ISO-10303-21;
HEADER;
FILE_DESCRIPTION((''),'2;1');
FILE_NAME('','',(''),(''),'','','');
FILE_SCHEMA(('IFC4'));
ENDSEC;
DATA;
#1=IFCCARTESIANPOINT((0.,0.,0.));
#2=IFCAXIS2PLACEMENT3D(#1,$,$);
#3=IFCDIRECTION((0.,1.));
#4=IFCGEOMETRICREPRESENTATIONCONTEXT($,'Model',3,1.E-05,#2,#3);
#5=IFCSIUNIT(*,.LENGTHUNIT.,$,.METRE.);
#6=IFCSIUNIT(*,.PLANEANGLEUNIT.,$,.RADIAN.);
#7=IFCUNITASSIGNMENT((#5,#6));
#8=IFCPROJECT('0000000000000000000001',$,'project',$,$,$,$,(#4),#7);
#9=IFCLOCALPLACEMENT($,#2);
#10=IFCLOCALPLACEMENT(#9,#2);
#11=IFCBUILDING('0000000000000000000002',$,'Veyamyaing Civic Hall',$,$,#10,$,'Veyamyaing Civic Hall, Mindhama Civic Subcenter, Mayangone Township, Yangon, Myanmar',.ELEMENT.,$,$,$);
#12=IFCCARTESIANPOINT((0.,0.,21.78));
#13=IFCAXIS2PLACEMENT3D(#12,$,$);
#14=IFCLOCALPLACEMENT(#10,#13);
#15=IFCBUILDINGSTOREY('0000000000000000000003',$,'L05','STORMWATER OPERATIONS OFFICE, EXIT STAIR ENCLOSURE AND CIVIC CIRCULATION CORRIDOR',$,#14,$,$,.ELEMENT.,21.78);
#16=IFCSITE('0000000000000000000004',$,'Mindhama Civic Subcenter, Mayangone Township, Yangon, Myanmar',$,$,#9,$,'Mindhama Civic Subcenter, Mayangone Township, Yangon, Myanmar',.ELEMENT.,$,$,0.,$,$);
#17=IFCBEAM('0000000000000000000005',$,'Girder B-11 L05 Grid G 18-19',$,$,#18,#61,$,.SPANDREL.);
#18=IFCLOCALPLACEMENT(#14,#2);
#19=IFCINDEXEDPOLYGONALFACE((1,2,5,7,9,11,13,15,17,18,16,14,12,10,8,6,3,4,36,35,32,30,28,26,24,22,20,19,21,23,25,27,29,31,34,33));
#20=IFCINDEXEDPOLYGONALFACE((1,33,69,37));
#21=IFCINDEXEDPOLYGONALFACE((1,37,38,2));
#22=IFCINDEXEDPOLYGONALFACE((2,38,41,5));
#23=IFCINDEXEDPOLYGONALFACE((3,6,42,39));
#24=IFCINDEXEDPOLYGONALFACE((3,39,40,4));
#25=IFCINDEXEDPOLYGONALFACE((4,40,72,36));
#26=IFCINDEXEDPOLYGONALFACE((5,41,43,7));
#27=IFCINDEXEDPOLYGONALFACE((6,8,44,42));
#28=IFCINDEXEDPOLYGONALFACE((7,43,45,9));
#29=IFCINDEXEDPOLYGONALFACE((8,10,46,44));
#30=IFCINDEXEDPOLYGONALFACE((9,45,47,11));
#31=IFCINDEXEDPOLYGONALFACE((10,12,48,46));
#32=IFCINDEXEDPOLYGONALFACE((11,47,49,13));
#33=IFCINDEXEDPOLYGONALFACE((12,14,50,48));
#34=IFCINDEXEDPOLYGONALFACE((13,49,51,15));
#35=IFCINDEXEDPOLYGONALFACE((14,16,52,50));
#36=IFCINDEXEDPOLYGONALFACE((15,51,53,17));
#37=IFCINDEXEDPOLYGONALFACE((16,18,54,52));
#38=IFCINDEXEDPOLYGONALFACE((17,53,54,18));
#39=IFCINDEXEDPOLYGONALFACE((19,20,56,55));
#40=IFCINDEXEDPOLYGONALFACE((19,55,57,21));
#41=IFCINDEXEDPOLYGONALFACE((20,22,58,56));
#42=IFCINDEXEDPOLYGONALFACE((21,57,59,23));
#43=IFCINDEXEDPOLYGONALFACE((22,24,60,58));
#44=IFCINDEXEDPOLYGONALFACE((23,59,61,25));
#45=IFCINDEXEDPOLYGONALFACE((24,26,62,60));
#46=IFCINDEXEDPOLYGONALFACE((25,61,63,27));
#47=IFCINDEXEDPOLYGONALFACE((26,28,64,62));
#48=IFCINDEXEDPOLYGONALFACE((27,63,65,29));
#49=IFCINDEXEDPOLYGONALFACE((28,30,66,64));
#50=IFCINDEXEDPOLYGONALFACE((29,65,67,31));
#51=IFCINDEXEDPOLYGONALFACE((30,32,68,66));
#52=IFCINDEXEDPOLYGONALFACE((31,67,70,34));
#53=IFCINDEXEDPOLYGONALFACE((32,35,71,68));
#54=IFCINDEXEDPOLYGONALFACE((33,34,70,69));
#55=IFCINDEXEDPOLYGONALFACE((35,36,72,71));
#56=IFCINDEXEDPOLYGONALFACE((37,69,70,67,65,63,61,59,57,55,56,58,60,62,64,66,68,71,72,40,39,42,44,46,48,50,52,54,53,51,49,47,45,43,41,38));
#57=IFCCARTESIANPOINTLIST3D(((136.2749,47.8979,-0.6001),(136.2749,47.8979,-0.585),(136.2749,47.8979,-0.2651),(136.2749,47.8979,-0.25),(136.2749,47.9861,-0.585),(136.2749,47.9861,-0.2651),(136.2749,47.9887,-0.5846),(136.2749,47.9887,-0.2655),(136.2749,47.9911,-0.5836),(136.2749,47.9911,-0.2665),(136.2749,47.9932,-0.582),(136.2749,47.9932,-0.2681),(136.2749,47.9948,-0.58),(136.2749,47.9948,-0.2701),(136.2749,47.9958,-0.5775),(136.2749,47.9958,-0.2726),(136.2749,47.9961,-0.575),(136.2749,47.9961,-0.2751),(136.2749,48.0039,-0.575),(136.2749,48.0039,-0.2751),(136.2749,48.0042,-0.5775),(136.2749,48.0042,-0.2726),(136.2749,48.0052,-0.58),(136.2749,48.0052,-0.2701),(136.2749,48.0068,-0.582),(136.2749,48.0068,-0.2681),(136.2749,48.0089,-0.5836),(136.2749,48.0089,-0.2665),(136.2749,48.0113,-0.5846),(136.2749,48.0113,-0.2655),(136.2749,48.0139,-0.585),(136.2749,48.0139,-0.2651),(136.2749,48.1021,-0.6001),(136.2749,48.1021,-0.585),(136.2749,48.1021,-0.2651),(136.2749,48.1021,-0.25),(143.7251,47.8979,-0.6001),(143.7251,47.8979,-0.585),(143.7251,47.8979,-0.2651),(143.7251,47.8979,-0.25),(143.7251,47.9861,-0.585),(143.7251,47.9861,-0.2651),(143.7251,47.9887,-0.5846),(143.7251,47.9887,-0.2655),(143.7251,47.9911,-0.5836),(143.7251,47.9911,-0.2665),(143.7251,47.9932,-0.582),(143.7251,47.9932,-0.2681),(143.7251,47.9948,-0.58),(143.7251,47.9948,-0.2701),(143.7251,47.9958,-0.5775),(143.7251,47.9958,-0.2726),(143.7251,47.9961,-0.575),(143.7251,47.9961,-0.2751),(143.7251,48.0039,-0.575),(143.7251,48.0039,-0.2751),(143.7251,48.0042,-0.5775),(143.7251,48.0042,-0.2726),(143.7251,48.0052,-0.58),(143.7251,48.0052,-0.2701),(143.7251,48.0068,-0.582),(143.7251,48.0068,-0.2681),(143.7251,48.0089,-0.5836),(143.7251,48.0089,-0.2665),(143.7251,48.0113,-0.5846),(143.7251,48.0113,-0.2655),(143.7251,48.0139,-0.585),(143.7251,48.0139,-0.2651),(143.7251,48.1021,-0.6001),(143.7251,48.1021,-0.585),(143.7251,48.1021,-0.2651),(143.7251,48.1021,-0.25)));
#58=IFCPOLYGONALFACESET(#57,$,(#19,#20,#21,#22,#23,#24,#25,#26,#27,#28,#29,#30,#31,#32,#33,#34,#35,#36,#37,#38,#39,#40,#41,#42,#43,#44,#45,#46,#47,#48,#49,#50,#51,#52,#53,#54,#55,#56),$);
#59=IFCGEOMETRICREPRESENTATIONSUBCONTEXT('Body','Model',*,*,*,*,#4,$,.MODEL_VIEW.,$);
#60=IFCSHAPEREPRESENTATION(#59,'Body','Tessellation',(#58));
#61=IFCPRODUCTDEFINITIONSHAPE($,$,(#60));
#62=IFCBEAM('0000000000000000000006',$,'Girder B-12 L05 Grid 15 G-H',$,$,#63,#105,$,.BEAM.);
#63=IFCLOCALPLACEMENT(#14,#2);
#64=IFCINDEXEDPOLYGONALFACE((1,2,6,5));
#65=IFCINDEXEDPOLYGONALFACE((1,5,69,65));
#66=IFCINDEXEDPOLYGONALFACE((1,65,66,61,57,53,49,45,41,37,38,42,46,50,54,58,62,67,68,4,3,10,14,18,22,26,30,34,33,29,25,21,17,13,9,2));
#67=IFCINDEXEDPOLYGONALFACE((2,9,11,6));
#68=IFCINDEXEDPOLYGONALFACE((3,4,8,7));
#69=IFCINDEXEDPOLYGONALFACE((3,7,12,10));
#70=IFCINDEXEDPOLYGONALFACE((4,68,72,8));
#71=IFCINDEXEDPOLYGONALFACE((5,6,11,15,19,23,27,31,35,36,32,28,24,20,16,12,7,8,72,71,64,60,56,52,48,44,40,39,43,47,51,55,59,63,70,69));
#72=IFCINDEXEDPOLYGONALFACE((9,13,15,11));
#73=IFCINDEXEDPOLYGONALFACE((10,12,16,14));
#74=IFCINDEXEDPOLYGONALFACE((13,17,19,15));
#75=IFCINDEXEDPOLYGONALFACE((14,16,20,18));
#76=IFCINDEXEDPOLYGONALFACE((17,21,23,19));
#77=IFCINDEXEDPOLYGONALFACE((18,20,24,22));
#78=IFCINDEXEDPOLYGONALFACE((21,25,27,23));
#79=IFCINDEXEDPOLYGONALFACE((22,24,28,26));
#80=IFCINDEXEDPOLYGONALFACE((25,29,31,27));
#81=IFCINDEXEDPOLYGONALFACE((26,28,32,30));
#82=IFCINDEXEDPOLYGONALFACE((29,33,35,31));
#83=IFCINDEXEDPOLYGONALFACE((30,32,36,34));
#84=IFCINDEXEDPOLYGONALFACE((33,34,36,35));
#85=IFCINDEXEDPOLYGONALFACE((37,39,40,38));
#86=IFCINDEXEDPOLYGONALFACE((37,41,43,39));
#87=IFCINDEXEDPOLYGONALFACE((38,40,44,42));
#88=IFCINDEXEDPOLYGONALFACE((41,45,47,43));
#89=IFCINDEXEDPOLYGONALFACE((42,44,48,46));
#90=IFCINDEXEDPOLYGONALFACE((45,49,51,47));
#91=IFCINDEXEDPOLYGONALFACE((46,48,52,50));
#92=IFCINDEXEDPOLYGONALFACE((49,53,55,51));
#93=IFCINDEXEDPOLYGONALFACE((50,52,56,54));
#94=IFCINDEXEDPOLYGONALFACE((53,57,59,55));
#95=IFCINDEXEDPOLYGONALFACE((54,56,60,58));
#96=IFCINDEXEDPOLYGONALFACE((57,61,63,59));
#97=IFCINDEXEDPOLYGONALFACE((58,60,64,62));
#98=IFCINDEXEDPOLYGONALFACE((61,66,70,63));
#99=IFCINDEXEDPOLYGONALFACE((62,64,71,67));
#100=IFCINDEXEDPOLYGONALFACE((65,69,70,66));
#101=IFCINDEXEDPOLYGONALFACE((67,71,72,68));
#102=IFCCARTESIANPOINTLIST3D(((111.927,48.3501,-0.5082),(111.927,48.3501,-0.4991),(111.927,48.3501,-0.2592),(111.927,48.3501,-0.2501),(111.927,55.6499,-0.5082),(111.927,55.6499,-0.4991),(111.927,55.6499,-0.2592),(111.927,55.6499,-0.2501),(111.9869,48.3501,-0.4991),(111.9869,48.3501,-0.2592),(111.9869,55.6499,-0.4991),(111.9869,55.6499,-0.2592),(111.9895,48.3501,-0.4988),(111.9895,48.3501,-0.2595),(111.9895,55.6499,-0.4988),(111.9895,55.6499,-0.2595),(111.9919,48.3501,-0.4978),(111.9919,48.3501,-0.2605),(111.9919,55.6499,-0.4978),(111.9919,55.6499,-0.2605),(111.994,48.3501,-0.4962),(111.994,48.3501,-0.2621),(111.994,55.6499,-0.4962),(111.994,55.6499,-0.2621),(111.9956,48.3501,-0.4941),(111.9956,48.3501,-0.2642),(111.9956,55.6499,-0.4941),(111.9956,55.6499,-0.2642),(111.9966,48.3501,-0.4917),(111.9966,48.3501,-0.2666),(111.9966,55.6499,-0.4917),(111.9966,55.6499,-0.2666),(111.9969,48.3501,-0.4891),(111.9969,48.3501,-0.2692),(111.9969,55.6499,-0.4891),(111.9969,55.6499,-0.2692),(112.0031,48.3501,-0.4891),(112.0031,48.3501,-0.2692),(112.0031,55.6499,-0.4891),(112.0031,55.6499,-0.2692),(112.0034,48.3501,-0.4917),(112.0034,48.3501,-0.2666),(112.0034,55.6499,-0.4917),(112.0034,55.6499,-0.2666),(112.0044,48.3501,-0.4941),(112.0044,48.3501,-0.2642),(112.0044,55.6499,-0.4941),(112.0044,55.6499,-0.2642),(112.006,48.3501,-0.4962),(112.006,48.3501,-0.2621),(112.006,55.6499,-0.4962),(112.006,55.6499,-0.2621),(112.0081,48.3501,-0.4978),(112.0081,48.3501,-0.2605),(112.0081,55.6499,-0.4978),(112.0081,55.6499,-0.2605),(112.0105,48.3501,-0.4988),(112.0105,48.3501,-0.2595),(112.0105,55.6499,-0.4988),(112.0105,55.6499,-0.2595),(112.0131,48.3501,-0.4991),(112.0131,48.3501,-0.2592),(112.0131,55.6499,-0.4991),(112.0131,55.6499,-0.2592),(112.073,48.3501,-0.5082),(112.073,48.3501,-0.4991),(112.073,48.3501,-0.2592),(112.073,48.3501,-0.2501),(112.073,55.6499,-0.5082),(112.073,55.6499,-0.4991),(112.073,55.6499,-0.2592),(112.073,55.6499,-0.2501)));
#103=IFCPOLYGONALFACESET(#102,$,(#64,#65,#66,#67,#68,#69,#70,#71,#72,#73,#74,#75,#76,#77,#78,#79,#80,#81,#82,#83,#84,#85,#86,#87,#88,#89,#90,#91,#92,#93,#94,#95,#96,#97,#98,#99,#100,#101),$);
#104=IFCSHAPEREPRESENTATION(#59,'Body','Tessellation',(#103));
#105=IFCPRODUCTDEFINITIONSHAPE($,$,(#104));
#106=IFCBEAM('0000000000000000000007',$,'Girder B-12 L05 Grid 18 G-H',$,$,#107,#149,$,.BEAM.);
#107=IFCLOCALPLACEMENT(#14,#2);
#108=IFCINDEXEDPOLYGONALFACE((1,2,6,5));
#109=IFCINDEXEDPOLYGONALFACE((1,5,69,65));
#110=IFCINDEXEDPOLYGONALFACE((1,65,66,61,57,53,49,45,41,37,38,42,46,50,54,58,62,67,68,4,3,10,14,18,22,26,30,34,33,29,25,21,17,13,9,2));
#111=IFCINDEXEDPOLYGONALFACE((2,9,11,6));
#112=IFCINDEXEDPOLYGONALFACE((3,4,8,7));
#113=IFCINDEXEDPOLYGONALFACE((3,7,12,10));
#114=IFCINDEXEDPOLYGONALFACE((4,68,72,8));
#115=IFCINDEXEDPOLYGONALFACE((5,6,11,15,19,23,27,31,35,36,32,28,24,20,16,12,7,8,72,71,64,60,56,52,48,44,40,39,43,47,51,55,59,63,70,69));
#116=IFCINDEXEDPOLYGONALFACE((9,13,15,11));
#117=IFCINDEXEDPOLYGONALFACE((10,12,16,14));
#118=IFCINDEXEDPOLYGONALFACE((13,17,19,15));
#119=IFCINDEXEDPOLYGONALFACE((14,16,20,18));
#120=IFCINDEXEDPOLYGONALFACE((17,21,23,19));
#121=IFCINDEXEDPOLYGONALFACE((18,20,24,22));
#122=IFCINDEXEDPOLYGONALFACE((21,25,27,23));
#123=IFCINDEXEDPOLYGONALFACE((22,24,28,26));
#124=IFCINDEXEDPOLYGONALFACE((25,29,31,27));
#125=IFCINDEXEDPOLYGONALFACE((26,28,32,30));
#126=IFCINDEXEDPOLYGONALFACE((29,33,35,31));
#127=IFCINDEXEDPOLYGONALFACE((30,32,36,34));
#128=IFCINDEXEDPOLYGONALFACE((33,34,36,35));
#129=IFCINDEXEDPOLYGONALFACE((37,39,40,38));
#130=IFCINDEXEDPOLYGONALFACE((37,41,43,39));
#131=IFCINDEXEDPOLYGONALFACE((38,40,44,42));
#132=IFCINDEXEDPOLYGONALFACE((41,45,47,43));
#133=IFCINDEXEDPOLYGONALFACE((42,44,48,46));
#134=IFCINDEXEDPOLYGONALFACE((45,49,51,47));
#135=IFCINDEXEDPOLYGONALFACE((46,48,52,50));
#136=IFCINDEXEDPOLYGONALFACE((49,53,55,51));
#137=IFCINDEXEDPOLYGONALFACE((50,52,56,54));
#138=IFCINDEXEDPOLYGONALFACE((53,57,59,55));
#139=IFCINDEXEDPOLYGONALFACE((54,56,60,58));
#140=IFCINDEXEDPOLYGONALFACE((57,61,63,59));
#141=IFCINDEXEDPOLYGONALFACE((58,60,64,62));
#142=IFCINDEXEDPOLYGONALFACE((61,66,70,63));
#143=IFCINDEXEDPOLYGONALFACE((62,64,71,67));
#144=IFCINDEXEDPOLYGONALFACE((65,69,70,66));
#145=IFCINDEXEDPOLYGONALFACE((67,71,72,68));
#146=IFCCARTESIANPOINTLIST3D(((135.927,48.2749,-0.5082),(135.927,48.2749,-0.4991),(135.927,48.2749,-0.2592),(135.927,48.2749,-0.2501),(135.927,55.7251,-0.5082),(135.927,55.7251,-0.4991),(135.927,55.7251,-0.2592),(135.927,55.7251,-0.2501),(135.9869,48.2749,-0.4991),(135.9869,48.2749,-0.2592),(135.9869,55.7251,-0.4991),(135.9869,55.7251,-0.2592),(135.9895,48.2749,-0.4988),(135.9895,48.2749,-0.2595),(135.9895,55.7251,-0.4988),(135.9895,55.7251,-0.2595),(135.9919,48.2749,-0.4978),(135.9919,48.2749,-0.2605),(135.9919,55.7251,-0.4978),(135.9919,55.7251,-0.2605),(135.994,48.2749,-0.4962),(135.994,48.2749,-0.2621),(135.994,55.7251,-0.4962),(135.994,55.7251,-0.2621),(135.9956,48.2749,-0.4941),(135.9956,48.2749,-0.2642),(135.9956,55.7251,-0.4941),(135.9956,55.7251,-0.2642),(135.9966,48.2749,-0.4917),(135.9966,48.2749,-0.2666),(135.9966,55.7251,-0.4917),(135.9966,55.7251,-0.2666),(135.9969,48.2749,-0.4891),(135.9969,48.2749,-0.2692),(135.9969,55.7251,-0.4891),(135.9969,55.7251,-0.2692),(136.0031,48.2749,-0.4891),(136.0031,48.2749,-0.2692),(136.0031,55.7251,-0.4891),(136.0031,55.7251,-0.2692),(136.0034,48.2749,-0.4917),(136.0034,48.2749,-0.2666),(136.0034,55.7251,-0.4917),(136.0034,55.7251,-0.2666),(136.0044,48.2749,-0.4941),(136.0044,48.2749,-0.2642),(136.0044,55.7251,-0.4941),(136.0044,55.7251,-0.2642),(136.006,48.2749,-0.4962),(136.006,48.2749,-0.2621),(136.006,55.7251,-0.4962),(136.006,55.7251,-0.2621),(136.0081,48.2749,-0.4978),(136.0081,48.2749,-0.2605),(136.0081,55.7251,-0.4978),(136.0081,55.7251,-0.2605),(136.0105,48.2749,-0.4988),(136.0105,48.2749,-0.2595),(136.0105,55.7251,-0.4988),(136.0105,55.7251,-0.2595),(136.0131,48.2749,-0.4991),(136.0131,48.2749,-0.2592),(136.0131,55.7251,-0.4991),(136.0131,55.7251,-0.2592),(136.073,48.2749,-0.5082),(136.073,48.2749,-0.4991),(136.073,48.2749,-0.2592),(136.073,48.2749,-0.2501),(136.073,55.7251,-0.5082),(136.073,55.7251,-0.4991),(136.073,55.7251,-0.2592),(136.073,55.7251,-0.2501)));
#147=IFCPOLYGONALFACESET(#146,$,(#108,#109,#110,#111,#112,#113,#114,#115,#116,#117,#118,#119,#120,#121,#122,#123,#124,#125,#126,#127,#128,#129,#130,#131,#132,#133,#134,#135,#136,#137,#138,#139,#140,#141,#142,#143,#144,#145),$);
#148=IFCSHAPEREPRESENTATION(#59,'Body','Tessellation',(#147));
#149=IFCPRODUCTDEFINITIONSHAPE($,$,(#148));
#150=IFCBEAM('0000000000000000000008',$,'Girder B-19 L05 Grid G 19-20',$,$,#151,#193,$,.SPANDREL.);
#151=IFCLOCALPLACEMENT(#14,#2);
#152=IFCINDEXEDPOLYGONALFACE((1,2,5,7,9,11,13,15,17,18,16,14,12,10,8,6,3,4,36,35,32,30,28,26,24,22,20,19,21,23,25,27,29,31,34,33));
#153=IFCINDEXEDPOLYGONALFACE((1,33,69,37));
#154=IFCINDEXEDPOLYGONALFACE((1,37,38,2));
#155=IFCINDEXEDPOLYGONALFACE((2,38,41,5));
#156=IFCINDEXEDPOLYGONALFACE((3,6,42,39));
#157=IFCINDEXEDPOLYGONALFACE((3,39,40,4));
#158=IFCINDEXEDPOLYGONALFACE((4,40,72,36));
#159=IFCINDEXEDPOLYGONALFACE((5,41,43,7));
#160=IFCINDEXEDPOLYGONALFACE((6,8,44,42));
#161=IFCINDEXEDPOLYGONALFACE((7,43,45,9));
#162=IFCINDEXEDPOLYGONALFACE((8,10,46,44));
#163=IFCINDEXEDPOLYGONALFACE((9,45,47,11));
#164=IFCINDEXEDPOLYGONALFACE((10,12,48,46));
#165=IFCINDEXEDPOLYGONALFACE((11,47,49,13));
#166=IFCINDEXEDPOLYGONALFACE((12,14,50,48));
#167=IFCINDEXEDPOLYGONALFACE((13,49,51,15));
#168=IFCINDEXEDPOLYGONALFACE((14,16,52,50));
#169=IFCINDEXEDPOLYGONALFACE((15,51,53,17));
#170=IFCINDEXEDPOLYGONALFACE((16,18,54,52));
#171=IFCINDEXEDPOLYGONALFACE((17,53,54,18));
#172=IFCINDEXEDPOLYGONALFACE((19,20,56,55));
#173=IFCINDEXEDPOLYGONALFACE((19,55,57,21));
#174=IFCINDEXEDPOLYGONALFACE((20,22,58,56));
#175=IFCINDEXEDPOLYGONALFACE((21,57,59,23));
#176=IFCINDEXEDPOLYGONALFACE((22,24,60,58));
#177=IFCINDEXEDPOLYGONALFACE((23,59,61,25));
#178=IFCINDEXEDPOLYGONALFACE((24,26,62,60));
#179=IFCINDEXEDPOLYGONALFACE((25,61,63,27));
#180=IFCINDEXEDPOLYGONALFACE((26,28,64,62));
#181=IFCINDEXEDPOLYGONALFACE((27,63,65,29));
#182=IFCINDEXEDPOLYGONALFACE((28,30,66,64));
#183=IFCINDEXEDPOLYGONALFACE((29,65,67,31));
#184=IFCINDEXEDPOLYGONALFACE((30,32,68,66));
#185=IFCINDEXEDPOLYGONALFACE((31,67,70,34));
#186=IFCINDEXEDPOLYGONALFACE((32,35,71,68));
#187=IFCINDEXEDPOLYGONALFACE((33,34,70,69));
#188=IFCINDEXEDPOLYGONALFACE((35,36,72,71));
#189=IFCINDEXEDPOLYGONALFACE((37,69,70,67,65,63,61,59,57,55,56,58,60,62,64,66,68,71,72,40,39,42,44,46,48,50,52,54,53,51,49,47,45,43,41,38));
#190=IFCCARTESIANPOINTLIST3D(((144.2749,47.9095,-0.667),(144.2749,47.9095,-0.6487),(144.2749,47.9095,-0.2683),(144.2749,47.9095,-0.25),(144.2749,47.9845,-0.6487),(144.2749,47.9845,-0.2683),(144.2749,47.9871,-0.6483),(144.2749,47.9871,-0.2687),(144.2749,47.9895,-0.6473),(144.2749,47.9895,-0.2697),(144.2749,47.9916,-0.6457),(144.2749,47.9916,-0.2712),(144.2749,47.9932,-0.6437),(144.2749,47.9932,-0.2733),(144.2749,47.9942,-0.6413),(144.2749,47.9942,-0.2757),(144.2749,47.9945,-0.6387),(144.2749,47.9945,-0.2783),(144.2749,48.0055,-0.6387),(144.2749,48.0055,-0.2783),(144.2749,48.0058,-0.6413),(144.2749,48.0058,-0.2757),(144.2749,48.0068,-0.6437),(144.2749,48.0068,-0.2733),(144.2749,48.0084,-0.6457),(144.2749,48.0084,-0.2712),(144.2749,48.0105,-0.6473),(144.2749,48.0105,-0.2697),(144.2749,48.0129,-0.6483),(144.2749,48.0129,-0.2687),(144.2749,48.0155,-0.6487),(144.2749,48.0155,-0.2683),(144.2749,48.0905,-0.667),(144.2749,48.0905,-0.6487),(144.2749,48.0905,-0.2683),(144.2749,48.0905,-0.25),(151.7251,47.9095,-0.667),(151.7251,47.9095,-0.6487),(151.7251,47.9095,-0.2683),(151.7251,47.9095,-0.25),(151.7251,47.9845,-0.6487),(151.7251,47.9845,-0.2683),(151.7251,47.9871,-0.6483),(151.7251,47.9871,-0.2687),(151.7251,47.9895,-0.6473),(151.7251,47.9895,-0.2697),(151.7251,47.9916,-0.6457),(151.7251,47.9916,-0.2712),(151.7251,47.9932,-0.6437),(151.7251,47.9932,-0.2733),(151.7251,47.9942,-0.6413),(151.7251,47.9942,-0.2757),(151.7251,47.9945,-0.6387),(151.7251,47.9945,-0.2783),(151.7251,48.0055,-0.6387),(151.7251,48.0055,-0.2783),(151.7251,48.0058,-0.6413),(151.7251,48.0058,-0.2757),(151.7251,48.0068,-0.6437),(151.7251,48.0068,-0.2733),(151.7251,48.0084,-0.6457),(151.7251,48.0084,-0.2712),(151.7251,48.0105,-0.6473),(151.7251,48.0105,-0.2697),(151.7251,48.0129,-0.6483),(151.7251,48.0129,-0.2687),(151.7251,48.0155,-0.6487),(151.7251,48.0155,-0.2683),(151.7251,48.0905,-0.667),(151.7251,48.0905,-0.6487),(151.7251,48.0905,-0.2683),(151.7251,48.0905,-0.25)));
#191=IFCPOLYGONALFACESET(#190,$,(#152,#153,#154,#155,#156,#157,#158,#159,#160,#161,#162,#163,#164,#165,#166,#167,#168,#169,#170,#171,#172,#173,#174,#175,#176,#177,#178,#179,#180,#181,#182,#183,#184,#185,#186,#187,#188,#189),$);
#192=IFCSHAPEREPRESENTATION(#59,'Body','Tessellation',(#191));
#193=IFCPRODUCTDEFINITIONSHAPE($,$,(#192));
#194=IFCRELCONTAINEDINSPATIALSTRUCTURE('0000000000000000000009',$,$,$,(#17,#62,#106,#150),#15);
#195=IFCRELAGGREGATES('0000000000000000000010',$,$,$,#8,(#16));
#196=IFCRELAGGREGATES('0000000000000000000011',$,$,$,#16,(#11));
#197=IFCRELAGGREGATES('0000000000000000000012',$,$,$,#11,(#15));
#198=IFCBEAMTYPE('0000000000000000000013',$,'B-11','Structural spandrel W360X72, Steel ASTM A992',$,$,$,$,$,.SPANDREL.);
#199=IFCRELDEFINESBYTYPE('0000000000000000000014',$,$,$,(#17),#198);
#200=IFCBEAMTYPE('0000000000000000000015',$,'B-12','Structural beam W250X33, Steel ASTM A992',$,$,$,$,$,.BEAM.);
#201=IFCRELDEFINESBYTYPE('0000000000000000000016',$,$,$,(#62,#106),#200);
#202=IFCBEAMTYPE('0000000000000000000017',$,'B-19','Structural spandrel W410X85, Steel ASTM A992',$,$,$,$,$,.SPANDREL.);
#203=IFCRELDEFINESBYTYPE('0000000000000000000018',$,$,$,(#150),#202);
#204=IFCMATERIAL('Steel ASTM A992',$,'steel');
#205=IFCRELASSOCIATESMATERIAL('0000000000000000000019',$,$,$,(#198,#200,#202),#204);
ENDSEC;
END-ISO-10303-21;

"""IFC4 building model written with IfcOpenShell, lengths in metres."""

from ifc_helpers import new_model, si_unit, direction, frame, origin, origin_2d, place, context, subcontext, project, spatial, i_section, extrude, material, material_profile, profile_set, type_object, element, save


model = new_model("IFC4")

# Units and contexts
model_context = context("Model", 3, precision=1e-05, world=origin(), true_north=direction((0.0, 1.0)))
body_context = subcontext(model_context, "Body", "Model", "MODEL_VIEW")
ifc_project = project(units=[si_unit("LENGTHUNIT", "METRE"), si_unit("PLANEANGLEUNIT", "RADIAN")], contexts=[model_context])

# Site, building, storey
site_placement = place(None, origin())
site = spatial("IfcSite", under=ifc_project, at=site_placement, Name="Mindhama Civic Subcenter, Mayangone Township, Yangon, Myanmar", LongName="Mindhama Civic Subcenter, Mayangone Township, Yangon, Myanmar", CompositionType="ELEMENT", RefElevation=0.0)
building_placement = place(site_placement, origin())
building = spatial("IfcBuilding", under=site, at=building_placement, Name="Veyamyaing Civic Hall", LongName="Veyamyaing Civic Hall, Mindhama Civic Subcenter, Mayangone Township, Yangon, Myanmar", CompositionType="ELEMENT")
storey_placement = place(building_placement, frame((0.0, 0.0, 21.78)))
storey = spatial("IfcBuildingStorey", under=building, at=storey_placement, Name="L05", Description="STORMWATER OPERATIONS OFFICE, EXIT STAIR ENCLOSURE AND CIVIC CIRCULATION CORRIDOR", CompositionType="ELEMENT", Elevation=21.78)

# Beams
ifc_material_1 = material(Name="Steel ASTM A992", Category="steel")
ifc_material_profile_1 = material_profile(ifc_material_1, i_section(OverallWidth=0.2041, OverallDepth=0.3501, WebThickness=0.0078, FlangeThickness=0.0151, FilletRadius=0.01, at=origin_2d()), Name="W360X72")
ifc_profile_set_1 = profile_set([ifc_material_profile_1], Name="Steel ASTM A992")
beam_type_1 = type_object("IfcBeamType", Name="B-11", Description="Structural spandrel W360X72, Steel ASTM A992", PredefinedType="SPANDREL", material=ifc_profile_set_1)
for number, where, z_axis, x_axis, name in (
    (1, (136.2749, 48.0, -0.425), (1.0, 0.0, 0.0), (0.0, 1.0, 0.0), "Girder B-11 L05 Grid G 18-19"),
):
    element("IfcBeam", number, at=place(storey_placement, frame(where, z_axis=z_axis, x_axis=x_axis)), inside=storey, type_object=beam_type_1, Name=name, PredefinedType="SPANDREL", context=body_context, shape_type="SweptSolid", body=[
        extrude(i_section(OverallWidth=0.2041, OverallDepth=0.3501, WebThickness=0.0078, FlangeThickness=0.0151, FilletRadius=0.01, at=origin_2d()), origin(), (0.0, 0.0, 1.0), 7.4502),
    ])
ifc_material_profile_2 = material_profile(ifc_material_1, i_section(OverallWidth=0.146, OverallDepth=0.2581, WebThickness=0.0061, FlangeThickness=0.009, FilletRadius=0.01, at=origin_2d()), Name="W250X33")
ifc_profile_set_2 = profile_set([ifc_material_profile_2], Name="Steel ASTM A992")
beam_type_2 = type_object("IfcBeamType", Name="B-12", Description="Structural beam W250X33, Steel ASTM A992", PredefinedType="BEAM", material=ifc_profile_set_2)
beam_1_placement = place(storey_placement, frame((112.0, 48.3501, -0.3792), z_axis=(0.0, 1.0, 0.0), x_axis=(-1.0, 0.0, 0.0)))
element("IfcBeam", 2, at=beam_1_placement, inside=storey, type_object=beam_type_2, Name="Girder B-12 L05 Grid 15 G-H", PredefinedType="BEAM", context=body_context, shape_type="SweptSolid", body=[
    extrude(i_section(OverallWidth=0.146, OverallDepth=0.2581, WebThickness=0.0061, FlangeThickness=0.009, FilletRadius=0.01, at=origin_2d()), origin(), (0.0, 0.0, 1.0), 7.2998),
])
beam_2_placement = place(storey_placement, frame((136.0, 48.2749, -0.3792), z_axis=(0.0, 1.0, 0.0), x_axis=(-1.0, 0.0, 0.0)))
element("IfcBeam", 3, at=beam_2_placement, inside=storey, type_object=beam_type_2, Name="Girder B-12 L05 Grid 18 G-H", PredefinedType="BEAM", context=body_context, shape_type="SweptSolid", body=[
    extrude(i_section(OverallWidth=0.146, OverallDepth=0.2581, WebThickness=0.0061, FlangeThickness=0.009, FilletRadius=0.01, at=origin_2d()), origin(), (0.0, 0.0, 1.0), 7.4502),
])
ifc_material_profile_3 = material_profile(ifc_material_1, i_section(OverallWidth=0.1809, OverallDepth=0.417, WebThickness=0.011, FlangeThickness=0.0183, FilletRadius=0.01, at=origin_2d()), Name="W410X85")
ifc_profile_set_3 = profile_set([ifc_material_profile_3], Name="Steel ASTM A992")
beam_type_3 = type_object("IfcBeamType", Name="B-19", Description="Structural spandrel W410X85, Steel ASTM A992", PredefinedType="SPANDREL", material=ifc_profile_set_3)
for number, where, z_axis, x_axis, name in (
    (4, (144.2749, 48.0, -0.4585), (1.0, 0.0, 0.0), (0.0, 1.0, 0.0), "Girder B-19 L05 Grid G 19-20"),
):
    element("IfcBeam", number, at=place(storey_placement, frame(where, z_axis=z_axis, x_axis=x_axis)), inside=storey, type_object=beam_type_3, Name=name, PredefinedType="SPANDREL", context=body_context, shape_type="SweptSolid", body=[
        extrude(i_section(OverallWidth=0.1809, OverallDepth=0.417, WebThickness=0.011, FlangeThickness=0.0183, FilletRadius=0.01, at=origin_2d()), origin(), (0.0, 0.0, 1.0), 7.4502),
    ])

save(model, "model.ifc")
